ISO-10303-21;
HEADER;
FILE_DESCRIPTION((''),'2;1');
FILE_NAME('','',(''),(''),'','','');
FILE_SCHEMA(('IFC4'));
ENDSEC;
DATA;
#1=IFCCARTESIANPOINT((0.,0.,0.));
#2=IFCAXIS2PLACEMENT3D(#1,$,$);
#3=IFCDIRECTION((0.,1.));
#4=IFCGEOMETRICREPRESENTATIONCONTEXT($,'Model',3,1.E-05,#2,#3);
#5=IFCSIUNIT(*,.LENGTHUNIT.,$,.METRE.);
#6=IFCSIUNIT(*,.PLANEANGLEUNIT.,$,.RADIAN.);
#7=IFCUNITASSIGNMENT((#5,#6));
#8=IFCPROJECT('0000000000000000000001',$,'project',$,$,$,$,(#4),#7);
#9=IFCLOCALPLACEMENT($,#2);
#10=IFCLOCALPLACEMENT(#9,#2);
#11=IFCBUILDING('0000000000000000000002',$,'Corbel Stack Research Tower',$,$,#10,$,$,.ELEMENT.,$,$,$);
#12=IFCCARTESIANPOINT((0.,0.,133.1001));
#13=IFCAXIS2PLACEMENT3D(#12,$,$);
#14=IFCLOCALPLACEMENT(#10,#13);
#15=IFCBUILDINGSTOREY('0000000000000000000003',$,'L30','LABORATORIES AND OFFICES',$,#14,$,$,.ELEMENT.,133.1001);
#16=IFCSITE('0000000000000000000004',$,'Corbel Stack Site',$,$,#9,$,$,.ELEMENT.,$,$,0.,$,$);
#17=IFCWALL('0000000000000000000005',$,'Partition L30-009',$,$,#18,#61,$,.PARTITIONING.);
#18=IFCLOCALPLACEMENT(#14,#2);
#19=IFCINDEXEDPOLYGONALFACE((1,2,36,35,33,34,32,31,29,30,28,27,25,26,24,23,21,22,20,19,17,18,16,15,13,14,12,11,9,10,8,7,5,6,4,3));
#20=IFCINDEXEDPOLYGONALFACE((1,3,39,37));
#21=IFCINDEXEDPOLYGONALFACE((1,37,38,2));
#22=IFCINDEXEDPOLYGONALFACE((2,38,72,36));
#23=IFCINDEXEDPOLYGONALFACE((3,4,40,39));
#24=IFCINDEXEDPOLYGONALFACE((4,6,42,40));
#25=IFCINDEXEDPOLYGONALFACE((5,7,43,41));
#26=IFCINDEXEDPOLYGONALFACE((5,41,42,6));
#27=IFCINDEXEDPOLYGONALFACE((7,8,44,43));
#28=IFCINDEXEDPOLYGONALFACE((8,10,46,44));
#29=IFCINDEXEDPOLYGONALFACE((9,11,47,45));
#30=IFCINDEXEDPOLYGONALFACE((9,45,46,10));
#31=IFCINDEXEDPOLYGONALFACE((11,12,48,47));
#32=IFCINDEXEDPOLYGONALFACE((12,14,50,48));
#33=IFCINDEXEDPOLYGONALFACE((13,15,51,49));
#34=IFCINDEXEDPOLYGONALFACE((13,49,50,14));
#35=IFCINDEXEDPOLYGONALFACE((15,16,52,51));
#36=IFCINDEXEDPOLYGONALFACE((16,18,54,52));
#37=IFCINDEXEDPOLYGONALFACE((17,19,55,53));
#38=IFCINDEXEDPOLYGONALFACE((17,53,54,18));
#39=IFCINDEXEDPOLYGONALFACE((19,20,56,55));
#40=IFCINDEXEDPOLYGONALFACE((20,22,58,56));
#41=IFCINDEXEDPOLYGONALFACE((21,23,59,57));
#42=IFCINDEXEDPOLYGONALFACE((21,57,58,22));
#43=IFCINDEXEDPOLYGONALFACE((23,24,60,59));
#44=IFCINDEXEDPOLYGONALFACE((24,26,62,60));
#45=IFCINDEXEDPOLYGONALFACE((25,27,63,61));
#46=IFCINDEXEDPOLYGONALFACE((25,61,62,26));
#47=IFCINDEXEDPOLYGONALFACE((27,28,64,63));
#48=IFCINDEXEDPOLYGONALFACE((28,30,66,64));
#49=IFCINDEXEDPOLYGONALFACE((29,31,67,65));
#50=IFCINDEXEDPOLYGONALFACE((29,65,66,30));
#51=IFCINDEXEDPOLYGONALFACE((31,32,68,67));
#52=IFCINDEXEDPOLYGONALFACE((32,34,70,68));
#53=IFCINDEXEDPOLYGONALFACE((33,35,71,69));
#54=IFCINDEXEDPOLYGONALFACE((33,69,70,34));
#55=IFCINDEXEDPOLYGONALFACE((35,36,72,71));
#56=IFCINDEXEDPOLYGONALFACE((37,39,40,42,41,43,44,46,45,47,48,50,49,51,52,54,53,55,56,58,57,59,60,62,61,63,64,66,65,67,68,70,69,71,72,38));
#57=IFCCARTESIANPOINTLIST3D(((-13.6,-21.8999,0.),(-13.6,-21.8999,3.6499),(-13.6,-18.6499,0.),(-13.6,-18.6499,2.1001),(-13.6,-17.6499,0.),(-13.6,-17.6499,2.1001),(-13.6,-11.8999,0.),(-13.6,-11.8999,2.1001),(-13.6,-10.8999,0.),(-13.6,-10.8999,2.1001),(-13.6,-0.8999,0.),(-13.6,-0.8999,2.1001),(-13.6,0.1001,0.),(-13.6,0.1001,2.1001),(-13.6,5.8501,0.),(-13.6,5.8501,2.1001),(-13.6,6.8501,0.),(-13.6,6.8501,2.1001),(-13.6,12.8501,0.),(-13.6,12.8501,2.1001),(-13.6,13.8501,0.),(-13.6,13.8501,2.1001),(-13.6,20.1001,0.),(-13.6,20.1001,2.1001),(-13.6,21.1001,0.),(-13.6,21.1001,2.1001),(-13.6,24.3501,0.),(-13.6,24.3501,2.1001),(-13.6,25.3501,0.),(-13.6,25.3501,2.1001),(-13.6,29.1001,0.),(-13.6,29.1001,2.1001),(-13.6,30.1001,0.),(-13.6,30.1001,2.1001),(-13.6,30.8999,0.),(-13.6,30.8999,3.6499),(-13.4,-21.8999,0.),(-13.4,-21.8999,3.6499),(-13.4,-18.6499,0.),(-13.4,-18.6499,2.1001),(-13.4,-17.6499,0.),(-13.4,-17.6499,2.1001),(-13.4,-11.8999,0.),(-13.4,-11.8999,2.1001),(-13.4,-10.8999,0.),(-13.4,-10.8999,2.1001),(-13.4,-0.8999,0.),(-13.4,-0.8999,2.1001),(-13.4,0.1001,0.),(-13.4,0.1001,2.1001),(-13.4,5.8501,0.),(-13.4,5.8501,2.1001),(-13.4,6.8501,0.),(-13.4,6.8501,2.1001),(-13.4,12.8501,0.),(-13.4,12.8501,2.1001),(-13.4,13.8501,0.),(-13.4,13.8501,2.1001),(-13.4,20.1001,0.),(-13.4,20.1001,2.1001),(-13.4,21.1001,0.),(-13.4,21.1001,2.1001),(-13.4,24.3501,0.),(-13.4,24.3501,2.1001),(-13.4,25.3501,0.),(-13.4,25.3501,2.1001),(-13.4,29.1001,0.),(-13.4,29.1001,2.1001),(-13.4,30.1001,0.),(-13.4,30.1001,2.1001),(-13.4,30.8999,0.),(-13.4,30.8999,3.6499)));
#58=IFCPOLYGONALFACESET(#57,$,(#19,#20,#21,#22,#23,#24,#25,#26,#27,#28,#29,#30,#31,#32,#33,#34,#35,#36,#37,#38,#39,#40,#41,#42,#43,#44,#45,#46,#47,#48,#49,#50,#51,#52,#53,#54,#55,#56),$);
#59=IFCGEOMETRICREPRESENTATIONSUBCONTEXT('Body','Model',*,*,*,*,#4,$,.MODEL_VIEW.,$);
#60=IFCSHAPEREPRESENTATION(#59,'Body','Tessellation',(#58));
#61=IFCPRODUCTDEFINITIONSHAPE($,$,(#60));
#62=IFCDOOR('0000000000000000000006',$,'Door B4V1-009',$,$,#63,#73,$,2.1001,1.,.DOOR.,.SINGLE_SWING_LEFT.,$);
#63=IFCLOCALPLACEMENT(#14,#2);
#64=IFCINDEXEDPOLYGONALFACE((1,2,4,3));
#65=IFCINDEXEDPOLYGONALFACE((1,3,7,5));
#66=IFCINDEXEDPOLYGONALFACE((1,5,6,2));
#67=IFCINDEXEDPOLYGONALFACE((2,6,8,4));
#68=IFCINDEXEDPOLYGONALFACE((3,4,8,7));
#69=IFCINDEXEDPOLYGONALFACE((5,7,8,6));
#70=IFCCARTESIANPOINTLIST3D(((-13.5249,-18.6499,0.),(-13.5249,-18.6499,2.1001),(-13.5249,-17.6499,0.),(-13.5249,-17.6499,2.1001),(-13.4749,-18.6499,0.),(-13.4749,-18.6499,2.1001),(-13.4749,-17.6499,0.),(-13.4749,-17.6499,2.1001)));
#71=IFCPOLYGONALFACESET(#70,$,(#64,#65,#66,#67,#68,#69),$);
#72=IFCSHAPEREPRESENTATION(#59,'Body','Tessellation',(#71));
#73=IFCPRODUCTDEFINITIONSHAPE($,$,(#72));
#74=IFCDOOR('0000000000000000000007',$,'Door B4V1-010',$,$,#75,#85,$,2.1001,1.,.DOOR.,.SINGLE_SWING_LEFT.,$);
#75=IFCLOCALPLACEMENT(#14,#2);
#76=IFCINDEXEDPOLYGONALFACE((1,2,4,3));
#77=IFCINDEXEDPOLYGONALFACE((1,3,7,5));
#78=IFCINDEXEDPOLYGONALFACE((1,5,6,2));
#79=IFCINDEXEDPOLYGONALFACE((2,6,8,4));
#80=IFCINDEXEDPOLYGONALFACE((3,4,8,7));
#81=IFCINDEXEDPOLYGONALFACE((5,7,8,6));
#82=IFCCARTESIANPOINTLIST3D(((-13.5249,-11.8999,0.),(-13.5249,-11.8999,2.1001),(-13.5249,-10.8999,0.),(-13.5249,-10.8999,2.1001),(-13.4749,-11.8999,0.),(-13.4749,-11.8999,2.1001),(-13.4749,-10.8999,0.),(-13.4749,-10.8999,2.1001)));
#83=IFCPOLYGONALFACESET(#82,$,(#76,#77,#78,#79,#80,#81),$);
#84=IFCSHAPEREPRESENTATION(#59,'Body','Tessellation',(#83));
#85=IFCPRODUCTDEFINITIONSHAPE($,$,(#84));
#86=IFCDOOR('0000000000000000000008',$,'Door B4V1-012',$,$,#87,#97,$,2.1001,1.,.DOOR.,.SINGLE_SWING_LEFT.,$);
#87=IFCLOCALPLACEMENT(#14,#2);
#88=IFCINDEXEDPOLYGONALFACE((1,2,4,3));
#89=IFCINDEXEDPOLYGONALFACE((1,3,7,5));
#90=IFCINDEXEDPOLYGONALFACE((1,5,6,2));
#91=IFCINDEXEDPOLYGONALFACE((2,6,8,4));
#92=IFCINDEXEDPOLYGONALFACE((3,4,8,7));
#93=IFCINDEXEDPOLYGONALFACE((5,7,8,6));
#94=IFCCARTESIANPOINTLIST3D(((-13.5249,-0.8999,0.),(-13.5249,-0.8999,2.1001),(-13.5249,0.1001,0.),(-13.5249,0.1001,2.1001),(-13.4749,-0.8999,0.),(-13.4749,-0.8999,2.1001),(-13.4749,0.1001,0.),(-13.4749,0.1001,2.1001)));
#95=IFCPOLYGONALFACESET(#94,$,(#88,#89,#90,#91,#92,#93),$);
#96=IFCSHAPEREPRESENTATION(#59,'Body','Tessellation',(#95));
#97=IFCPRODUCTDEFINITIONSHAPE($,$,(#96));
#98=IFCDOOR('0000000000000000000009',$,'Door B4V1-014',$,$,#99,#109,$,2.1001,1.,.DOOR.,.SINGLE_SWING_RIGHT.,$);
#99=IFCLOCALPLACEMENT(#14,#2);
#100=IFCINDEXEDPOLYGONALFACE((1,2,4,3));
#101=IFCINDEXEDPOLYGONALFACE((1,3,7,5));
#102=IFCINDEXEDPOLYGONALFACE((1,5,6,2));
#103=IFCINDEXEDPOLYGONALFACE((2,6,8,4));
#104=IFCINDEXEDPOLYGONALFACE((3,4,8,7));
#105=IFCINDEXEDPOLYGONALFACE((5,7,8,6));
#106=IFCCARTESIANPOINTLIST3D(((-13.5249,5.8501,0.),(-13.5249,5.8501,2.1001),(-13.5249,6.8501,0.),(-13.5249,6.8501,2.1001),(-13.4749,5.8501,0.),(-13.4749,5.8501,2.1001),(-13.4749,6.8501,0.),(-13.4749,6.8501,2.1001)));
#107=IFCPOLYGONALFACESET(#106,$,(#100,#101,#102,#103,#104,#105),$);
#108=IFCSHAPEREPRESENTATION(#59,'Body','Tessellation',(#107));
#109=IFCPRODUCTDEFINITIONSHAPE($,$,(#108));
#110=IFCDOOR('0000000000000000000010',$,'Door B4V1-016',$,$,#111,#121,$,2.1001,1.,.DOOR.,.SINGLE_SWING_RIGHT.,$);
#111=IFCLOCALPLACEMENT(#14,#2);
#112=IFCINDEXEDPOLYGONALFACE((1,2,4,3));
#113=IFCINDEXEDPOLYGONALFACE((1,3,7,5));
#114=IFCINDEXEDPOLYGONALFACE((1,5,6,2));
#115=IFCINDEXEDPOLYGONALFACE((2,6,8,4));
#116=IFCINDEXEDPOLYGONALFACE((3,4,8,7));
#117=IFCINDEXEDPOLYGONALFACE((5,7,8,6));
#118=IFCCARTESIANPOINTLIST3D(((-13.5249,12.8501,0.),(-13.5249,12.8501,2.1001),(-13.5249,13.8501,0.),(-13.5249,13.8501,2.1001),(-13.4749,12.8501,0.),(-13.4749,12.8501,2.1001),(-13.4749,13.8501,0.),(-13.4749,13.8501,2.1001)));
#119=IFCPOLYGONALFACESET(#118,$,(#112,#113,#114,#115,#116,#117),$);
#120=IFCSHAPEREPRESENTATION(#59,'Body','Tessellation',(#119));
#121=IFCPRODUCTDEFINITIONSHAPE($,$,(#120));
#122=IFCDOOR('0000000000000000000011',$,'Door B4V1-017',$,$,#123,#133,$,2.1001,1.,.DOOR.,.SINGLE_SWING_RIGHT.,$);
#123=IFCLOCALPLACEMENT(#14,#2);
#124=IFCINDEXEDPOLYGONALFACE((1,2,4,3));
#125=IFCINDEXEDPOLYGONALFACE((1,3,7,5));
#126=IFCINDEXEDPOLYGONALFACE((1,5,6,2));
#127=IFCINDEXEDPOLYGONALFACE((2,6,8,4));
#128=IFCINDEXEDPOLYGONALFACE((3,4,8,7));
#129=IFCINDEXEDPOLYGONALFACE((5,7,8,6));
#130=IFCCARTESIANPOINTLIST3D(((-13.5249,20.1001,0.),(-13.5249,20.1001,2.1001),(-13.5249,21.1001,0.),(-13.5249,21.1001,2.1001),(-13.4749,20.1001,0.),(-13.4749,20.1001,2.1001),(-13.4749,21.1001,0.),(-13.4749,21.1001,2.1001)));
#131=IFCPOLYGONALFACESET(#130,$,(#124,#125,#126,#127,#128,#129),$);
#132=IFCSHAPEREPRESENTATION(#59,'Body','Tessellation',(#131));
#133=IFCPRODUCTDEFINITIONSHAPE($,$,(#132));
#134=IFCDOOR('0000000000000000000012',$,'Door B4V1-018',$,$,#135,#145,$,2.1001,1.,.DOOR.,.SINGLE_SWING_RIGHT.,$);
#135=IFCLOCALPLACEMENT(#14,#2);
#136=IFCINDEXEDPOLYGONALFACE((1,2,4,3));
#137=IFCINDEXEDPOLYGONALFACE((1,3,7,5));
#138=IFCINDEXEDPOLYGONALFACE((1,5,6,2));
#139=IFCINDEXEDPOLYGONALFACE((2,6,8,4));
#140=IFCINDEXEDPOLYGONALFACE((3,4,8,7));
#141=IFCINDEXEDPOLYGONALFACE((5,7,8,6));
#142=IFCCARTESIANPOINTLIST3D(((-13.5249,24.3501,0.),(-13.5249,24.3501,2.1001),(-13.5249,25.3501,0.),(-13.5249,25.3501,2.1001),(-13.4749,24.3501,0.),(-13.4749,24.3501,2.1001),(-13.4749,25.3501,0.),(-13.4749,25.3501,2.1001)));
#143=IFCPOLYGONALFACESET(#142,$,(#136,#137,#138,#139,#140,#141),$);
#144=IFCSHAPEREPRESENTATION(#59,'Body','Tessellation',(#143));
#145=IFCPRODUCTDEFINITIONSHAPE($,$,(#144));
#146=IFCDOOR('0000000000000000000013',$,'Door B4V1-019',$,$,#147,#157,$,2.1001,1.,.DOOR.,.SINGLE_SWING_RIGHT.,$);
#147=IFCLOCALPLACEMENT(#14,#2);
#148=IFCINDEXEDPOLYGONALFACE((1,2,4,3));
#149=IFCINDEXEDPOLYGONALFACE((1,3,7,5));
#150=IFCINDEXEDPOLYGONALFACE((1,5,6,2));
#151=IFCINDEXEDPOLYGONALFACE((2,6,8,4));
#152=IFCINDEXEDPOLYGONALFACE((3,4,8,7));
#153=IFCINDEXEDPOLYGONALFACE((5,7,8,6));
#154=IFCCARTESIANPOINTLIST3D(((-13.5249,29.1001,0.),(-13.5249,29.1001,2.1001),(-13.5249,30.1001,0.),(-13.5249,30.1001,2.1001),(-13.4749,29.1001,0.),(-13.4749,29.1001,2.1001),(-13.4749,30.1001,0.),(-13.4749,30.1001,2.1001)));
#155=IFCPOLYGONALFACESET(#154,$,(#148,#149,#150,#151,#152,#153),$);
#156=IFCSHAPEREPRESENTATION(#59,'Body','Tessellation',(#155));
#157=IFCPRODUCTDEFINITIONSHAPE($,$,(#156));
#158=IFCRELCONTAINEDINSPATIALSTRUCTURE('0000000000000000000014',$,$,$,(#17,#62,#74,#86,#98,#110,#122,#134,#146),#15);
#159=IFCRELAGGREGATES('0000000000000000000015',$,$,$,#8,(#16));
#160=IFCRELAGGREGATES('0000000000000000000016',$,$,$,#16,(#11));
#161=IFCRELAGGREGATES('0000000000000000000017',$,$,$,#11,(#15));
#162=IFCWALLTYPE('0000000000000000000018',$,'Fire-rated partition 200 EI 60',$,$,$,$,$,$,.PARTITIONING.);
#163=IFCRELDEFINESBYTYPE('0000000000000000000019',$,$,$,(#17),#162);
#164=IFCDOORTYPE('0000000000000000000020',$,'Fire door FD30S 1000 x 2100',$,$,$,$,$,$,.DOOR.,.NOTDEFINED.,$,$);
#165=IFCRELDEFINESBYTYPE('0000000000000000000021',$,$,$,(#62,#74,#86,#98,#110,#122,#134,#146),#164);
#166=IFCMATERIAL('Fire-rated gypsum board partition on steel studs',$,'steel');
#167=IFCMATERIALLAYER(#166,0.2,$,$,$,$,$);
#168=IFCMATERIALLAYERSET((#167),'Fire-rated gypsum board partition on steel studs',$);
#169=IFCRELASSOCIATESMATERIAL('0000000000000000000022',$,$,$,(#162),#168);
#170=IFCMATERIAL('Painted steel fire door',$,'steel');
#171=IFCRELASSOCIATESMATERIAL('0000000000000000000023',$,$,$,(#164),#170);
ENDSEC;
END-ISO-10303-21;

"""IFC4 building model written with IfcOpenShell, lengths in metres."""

from ifc_helpers import new_model, si_unit, direction, frame, frame_2d, origin, place, context, subcontext, project, spatial, rectangle, extrude, material, layer, layer_set, type_object, element, fill, save


model = new_model("IFC4")

# Units and contexts
model_context = context("Model", 3, precision=1e-05, world=origin(), true_north=direction((0.0, 1.0)))
body_context = subcontext(model_context, "Body", "Model", "MODEL_VIEW")
ifc_project = project(units=[si_unit("LENGTHUNIT", "METRE"), si_unit("PLANEANGLEUNIT", "RADIAN")], contexts=[model_context])

# Site, building, storey
site_placement = place(None, origin())
site = spatial("IfcSite", under=ifc_project, at=site_placement, Name="Corbel Stack Site", CompositionType="ELEMENT", RefElevation=0.0)
building_placement = place(site_placement, origin())
building = spatial("IfcBuilding", under=site, at=building_placement, Name="Corbel Stack Research Tower", CompositionType="ELEMENT")
storey_placement = place(building_placement, frame((0.0, 0.0, 133.1001)))
storey = spatial("IfcBuildingStorey", under=building, at=storey_placement, Name="L30", Description="LABORATORIES AND OFFICES", CompositionType="ELEMENT", Elevation=133.1001)

# Wall, openings, doors
ifc_material_1 = material(Name="Fire-rated gypsum board partition on steel studs", Category="steel")
ifc_layer_1 = layer(ifc_material_1, 0.2)
ifc_layer_set_1 = layer_set([ifc_layer_1], Name="Fire-rated gypsum board partition on steel studs")
wall_type_1 = type_object("IfcWallType", Name="Fire-rated partition 200 EI 60", PredefinedType="PARTITIONING", material=ifc_layer_set_1)
wall_1_placement = place(storey_placement, frame((-13.5, -21.8999, 0.0), z_axis=(0.0, 0.0, 1.0), x_axis=(0.0, 1.0, 0.0)))
wall_1 = element("IfcWall", 1, at=wall_1_placement, inside=storey, type_object=wall_type_1, Name="Partition L30-009", PredefinedType="PARTITIONING", context=body_context, shape_type="SweptSolid", body=[
    extrude(rectangle(XDim=52.7998, YDim=0.2, at=frame_2d((26.3999, 0.0))), origin(), (0.0, 0.0, 1.0), 3.6499),
])
opening_1_placement = place(wall_1_placement, frame((3.25, 0.0, 0.0)))
opening_1 = element("IfcOpeningElement", 2, at=opening_1_placement, cuts=wall_1, PredefinedType="OPENING", context=body_context, shape_type="SweptSolid", body=[
    extrude(rectangle(XDim=1.0, YDim=2.1001, at=frame_2d((0.5, 1.05))), frame((0.0, 0.1099, 0.0), z_axis=(0.0, -1.0, 0.0), x_axis=(1.0, 0.0, 0.0)), (0.0, 0.0, 1.0), 0.22),
])
opening_2_placement = place(wall_1_placement, frame((10.0, 0.0, 0.0)))
opening_2 = element("IfcOpeningElement", 3, at=opening_2_placement, cuts=wall_1, PredefinedType="OPENING", context=body_context, shape_type="SweptSolid", body=[
    extrude(rectangle(XDim=1.0, YDim=2.1001, at=frame_2d((0.5, 1.05))), frame((0.0, 0.1099, 0.0), z_axis=(0.0, -1.0, 0.0), x_axis=(1.0, 0.0, 0.0)), (0.0, 0.0, 1.0), 0.22),
])
opening_3_placement = place(wall_1_placement, frame((21.0, 0.0, 0.0)))
opening_3 = element("IfcOpeningElement", 4, at=opening_3_placement, cuts=wall_1, PredefinedType="OPENING", context=body_context, shape_type="SweptSolid", body=[
    extrude(rectangle(XDim=1.0, YDim=2.1001, at=frame_2d((0.5, 1.05))), frame((0.0, 0.1099, 0.0), z_axis=(0.0, -1.0, 0.0), x_axis=(1.0, 0.0, 0.0)), (0.0, 0.0, 1.0), 0.22),
])
opening_4_placement = place(wall_1_placement, frame((27.75, 0.0, 0.0)))
opening_4 = element("IfcOpeningElement", 5, at=opening_4_placement, cuts=wall_1, PredefinedType="OPENING", context=body_context, shape_type="SweptSolid", body=[
    extrude(rectangle(XDim=1.0, YDim=2.1001, at=frame_2d((0.5, 1.05))), frame((0.0, 0.1099, 0.0), z_axis=(0.0, -1.0, 0.0), x_axis=(1.0, 0.0, 0.0)), (0.0, 0.0, 1.0), 0.22),
])
opening_5_placement = place(wall_1_placement, frame((34.75, 0.0, 0.0)))
opening_5 = element("IfcOpeningElement", 6, at=opening_5_placement, cuts=wall_1, PredefinedType="OPENING", context=body_context, shape_type="SweptSolid", body=[
    extrude(rectangle(XDim=1.0, YDim=2.1001, at=frame_2d((0.5, 1.05))), frame((0.0, 0.1099, 0.0), z_axis=(0.0, -1.0, 0.0), x_axis=(1.0, 0.0, 0.0)), (0.0, 0.0, 1.0), 0.22),
])
opening_6_placement = place(wall_1_placement, frame((42.0, 0.0, 0.0)))
opening_6 = element("IfcOpeningElement", 7, at=opening_6_placement, cuts=wall_1, PredefinedType="OPENING", context=body_context, shape_type="SweptSolid", body=[
    extrude(rectangle(XDim=1.0, YDim=2.1001, at=frame_2d((0.5, 1.05))), frame((0.0, 0.1099, 0.0), z_axis=(0.0, -1.0, 0.0), x_axis=(1.0, 0.0, 0.0)), (0.0, 0.0, 1.0), 0.22),
])
opening_7_placement = place(wall_1_placement, frame((46.25, 0.0, 0.0)))
opening_7 = element("IfcOpeningElement", 8, at=opening_7_placement, cuts=wall_1, PredefinedType="OPENING", context=body_context, shape_type="SweptSolid", body=[
    extrude(rectangle(XDim=1.0, YDim=2.1001, at=frame_2d((0.5, 1.05))), frame((0.0, 0.1099, 0.0), z_axis=(0.0, -1.0, 0.0), x_axis=(1.0, 0.0, 0.0)), (0.0, 0.0, 1.0), 0.22),
])
opening_8_placement = place(wall_1_placement, frame((51.0, 0.0, 0.0)))
opening_8 = element("IfcOpeningElement", 9, at=opening_8_placement, cuts=wall_1, PredefinedType="OPENING", context=body_context, shape_type="SweptSolid", body=[
    extrude(rectangle(XDim=1.0, YDim=2.1001, at=frame_2d((0.5, 1.05))), frame((0.0, 0.1099, 0.0), z_axis=(0.0, -1.0, 0.0), x_axis=(1.0, 0.0, 0.0)), (0.0, 0.0, 1.0), 0.22),
])
ifc_material_2 = material(Name="Painted steel fire door", Category="steel")
door_type_1 = type_object("IfcDoorType", Name="Fire door FD30S 1000 x 2100", OperationType="NOTDEFINED", PredefinedType="DOOR", material=ifc_material_2)
door_1_placement = place(opening_1_placement, origin())
door_1 = element("IfcDoor", 10, at=door_1_placement, inside=storey, type_object=door_type_1, Name="Door B4V1-009", OperationType="SINGLE_SWING_LEFT", OverallHeight=2.1001, OverallWidth=1.0, PredefinedType="DOOR", context=body_context, shape_type="SweptSolid", body=[
    extrude(rectangle(XDim=1.0, YDim=2.1001, at=frame_2d((0.5, 1.05))), frame((0.0, 0.0249, 0.0), z_axis=(0.0, -1.0, 0.0), x_axis=(1.0, 0.0, 0.0)), (0.0, 0.0, 1.0), 0.05),
])
fill(opening_1, door_1)
door_2_placement = place(opening_2_placement, origin())
door_2 = element("IfcDoor", 11, at=door_2_placement, inside=storey, type_object=door_type_1, Name="Door B4V1-010", OperationType="SINGLE_SWING_LEFT", OverallHeight=2.1001, OverallWidth=1.0, PredefinedType="DOOR", context=body_context, shape_type="SweptSolid", body=[
    extrude(rectangle(XDim=1.0, YDim=2.1001, at=frame_2d((0.5, 1.05))), frame((0.0, 0.0249, 0.0), z_axis=(0.0, -1.0, 0.0), x_axis=(1.0, 0.0, 0.0)), (0.0, 0.0, 1.0), 0.05),
])
fill(opening_2, door_2)
door_3_placement = place(opening_3_placement, origin())
door_3 = element("IfcDoor", 12, at=door_3_placement, inside=storey, type_object=door_type_1, Name="Door B4V1-012", OperationType="SINGLE_SWING_LEFT", OverallHeight=2.1001, OverallWidth=1.0, PredefinedType="DOOR", context=body_context, shape_type="SweptSolid", body=[
    extrude(rectangle(XDim=1.0, YDim=2.1001, at=frame_2d((0.5, 1.05))), frame((0.0, 0.0249, 0.0), z_axis=(0.0, -1.0, 0.0), x_axis=(1.0, 0.0, 0.0)), (0.0, 0.0, 1.0), 0.05),
])
fill(opening_3, door_3)
door_4_placement = place(opening_4_placement, origin())
door_4 = element("IfcDoor", 13, at=door_4_placement, inside=storey, type_object=door_type_1, Name="Door B4V1-014", OperationType="SINGLE_SWING_RIGHT", OverallHeight=2.1001, OverallWidth=1.0, PredefinedType="DOOR", context=body_context, shape_type="SweptSolid", body=[
    extrude(rectangle(XDim=1.0, YDim=2.1001, at=frame_2d((0.5, 1.05))), frame((0.0, 0.0249, 0.0), z_axis=(0.0, -1.0, 0.0), x_axis=(1.0, 0.0, 0.0)), (0.0, 0.0, 1.0), 0.05),
])
fill(opening_4, door_4)
door_5_placement = place(opening_5_placement, origin())
door_5 = element("IfcDoor", 14, at=door_5_placement, inside=storey, type_object=door_type_1, Name="Door B4V1-016", OperationType="SINGLE_SWING_RIGHT", OverallHeight=2.1001, OverallWidth=1.0, PredefinedType="DOOR", context=body_context, shape_type="SweptSolid", body=[
    extrude(rectangle(XDim=1.0, YDim=2.1001, at=frame_2d((0.5, 1.05))), frame((0.0, 0.0249, 0.0), z_axis=(0.0, -1.0, 0.0), x_axis=(1.0, 0.0, 0.0)), (0.0, 0.0, 1.0), 0.05),
])
fill(opening_5, door_5)
door_6_placement = place(opening_6_placement, origin())
door_6 = element("IfcDoor", 15, at=door_6_placement, inside=storey, type_object=door_type_1, Name="Door B4V1-017", OperationType="SINGLE_SWING_RIGHT", OverallHeight=2.1001, OverallWidth=1.0, PredefinedType="DOOR", context=body_context, shape_type="SweptSolid", body=[
    extrude(rectangle(XDim=1.0, YDim=2.1001, at=frame_2d((0.5, 1.05))), frame((0.0, 0.0249, 0.0), z_axis=(0.0, -1.0, 0.0), x_axis=(1.0, 0.0, 0.0)), (0.0, 0.0, 1.0), 0.05),
])
fill(opening_6, door_6)
door_7_placement = place(opening_7_placement, origin())
door_7 = element("IfcDoor", 16, at=door_7_placement, inside=storey, type_object=door_type_1, Name="Door B4V1-018", OperationType="SINGLE_SWING_RIGHT", OverallHeight=2.1001, OverallWidth=1.0, PredefinedType="DOOR", context=body_context, shape_type="SweptSolid", body=[
    extrude(rectangle(XDim=1.0, YDim=2.1001, at=frame_2d((0.5, 1.05))), frame((0.0, 0.0249, 0.0), z_axis=(0.0, -1.0, 0.0), x_axis=(1.0, 0.0, 0.0)), (0.0, 0.0, 1.0), 0.05),
])
fill(opening_7, door_7)
door_8_placement = place(opening_8_placement, origin())
door_8 = element("IfcDoor", 17, at=door_8_placement, inside=storey, type_object=door_type_1, Name="Door B4V1-019", OperationType="SINGLE_SWING_RIGHT", OverallHeight=2.1001, OverallWidth=1.0, PredefinedType="DOOR", context=body_context, shape_type="SweptSolid", body=[
    extrude(rectangle(XDim=1.0, YDim=2.1001, at=frame_2d((0.5, 1.05))), frame((0.0, 0.0249, 0.0), z_axis=(0.0, -1.0, 0.0), x_axis=(1.0, 0.0, 0.0)), (0.0, 0.0, 1.0), 0.05),
])
fill(opening_8, door_8)

save(model, "model.ifc")
